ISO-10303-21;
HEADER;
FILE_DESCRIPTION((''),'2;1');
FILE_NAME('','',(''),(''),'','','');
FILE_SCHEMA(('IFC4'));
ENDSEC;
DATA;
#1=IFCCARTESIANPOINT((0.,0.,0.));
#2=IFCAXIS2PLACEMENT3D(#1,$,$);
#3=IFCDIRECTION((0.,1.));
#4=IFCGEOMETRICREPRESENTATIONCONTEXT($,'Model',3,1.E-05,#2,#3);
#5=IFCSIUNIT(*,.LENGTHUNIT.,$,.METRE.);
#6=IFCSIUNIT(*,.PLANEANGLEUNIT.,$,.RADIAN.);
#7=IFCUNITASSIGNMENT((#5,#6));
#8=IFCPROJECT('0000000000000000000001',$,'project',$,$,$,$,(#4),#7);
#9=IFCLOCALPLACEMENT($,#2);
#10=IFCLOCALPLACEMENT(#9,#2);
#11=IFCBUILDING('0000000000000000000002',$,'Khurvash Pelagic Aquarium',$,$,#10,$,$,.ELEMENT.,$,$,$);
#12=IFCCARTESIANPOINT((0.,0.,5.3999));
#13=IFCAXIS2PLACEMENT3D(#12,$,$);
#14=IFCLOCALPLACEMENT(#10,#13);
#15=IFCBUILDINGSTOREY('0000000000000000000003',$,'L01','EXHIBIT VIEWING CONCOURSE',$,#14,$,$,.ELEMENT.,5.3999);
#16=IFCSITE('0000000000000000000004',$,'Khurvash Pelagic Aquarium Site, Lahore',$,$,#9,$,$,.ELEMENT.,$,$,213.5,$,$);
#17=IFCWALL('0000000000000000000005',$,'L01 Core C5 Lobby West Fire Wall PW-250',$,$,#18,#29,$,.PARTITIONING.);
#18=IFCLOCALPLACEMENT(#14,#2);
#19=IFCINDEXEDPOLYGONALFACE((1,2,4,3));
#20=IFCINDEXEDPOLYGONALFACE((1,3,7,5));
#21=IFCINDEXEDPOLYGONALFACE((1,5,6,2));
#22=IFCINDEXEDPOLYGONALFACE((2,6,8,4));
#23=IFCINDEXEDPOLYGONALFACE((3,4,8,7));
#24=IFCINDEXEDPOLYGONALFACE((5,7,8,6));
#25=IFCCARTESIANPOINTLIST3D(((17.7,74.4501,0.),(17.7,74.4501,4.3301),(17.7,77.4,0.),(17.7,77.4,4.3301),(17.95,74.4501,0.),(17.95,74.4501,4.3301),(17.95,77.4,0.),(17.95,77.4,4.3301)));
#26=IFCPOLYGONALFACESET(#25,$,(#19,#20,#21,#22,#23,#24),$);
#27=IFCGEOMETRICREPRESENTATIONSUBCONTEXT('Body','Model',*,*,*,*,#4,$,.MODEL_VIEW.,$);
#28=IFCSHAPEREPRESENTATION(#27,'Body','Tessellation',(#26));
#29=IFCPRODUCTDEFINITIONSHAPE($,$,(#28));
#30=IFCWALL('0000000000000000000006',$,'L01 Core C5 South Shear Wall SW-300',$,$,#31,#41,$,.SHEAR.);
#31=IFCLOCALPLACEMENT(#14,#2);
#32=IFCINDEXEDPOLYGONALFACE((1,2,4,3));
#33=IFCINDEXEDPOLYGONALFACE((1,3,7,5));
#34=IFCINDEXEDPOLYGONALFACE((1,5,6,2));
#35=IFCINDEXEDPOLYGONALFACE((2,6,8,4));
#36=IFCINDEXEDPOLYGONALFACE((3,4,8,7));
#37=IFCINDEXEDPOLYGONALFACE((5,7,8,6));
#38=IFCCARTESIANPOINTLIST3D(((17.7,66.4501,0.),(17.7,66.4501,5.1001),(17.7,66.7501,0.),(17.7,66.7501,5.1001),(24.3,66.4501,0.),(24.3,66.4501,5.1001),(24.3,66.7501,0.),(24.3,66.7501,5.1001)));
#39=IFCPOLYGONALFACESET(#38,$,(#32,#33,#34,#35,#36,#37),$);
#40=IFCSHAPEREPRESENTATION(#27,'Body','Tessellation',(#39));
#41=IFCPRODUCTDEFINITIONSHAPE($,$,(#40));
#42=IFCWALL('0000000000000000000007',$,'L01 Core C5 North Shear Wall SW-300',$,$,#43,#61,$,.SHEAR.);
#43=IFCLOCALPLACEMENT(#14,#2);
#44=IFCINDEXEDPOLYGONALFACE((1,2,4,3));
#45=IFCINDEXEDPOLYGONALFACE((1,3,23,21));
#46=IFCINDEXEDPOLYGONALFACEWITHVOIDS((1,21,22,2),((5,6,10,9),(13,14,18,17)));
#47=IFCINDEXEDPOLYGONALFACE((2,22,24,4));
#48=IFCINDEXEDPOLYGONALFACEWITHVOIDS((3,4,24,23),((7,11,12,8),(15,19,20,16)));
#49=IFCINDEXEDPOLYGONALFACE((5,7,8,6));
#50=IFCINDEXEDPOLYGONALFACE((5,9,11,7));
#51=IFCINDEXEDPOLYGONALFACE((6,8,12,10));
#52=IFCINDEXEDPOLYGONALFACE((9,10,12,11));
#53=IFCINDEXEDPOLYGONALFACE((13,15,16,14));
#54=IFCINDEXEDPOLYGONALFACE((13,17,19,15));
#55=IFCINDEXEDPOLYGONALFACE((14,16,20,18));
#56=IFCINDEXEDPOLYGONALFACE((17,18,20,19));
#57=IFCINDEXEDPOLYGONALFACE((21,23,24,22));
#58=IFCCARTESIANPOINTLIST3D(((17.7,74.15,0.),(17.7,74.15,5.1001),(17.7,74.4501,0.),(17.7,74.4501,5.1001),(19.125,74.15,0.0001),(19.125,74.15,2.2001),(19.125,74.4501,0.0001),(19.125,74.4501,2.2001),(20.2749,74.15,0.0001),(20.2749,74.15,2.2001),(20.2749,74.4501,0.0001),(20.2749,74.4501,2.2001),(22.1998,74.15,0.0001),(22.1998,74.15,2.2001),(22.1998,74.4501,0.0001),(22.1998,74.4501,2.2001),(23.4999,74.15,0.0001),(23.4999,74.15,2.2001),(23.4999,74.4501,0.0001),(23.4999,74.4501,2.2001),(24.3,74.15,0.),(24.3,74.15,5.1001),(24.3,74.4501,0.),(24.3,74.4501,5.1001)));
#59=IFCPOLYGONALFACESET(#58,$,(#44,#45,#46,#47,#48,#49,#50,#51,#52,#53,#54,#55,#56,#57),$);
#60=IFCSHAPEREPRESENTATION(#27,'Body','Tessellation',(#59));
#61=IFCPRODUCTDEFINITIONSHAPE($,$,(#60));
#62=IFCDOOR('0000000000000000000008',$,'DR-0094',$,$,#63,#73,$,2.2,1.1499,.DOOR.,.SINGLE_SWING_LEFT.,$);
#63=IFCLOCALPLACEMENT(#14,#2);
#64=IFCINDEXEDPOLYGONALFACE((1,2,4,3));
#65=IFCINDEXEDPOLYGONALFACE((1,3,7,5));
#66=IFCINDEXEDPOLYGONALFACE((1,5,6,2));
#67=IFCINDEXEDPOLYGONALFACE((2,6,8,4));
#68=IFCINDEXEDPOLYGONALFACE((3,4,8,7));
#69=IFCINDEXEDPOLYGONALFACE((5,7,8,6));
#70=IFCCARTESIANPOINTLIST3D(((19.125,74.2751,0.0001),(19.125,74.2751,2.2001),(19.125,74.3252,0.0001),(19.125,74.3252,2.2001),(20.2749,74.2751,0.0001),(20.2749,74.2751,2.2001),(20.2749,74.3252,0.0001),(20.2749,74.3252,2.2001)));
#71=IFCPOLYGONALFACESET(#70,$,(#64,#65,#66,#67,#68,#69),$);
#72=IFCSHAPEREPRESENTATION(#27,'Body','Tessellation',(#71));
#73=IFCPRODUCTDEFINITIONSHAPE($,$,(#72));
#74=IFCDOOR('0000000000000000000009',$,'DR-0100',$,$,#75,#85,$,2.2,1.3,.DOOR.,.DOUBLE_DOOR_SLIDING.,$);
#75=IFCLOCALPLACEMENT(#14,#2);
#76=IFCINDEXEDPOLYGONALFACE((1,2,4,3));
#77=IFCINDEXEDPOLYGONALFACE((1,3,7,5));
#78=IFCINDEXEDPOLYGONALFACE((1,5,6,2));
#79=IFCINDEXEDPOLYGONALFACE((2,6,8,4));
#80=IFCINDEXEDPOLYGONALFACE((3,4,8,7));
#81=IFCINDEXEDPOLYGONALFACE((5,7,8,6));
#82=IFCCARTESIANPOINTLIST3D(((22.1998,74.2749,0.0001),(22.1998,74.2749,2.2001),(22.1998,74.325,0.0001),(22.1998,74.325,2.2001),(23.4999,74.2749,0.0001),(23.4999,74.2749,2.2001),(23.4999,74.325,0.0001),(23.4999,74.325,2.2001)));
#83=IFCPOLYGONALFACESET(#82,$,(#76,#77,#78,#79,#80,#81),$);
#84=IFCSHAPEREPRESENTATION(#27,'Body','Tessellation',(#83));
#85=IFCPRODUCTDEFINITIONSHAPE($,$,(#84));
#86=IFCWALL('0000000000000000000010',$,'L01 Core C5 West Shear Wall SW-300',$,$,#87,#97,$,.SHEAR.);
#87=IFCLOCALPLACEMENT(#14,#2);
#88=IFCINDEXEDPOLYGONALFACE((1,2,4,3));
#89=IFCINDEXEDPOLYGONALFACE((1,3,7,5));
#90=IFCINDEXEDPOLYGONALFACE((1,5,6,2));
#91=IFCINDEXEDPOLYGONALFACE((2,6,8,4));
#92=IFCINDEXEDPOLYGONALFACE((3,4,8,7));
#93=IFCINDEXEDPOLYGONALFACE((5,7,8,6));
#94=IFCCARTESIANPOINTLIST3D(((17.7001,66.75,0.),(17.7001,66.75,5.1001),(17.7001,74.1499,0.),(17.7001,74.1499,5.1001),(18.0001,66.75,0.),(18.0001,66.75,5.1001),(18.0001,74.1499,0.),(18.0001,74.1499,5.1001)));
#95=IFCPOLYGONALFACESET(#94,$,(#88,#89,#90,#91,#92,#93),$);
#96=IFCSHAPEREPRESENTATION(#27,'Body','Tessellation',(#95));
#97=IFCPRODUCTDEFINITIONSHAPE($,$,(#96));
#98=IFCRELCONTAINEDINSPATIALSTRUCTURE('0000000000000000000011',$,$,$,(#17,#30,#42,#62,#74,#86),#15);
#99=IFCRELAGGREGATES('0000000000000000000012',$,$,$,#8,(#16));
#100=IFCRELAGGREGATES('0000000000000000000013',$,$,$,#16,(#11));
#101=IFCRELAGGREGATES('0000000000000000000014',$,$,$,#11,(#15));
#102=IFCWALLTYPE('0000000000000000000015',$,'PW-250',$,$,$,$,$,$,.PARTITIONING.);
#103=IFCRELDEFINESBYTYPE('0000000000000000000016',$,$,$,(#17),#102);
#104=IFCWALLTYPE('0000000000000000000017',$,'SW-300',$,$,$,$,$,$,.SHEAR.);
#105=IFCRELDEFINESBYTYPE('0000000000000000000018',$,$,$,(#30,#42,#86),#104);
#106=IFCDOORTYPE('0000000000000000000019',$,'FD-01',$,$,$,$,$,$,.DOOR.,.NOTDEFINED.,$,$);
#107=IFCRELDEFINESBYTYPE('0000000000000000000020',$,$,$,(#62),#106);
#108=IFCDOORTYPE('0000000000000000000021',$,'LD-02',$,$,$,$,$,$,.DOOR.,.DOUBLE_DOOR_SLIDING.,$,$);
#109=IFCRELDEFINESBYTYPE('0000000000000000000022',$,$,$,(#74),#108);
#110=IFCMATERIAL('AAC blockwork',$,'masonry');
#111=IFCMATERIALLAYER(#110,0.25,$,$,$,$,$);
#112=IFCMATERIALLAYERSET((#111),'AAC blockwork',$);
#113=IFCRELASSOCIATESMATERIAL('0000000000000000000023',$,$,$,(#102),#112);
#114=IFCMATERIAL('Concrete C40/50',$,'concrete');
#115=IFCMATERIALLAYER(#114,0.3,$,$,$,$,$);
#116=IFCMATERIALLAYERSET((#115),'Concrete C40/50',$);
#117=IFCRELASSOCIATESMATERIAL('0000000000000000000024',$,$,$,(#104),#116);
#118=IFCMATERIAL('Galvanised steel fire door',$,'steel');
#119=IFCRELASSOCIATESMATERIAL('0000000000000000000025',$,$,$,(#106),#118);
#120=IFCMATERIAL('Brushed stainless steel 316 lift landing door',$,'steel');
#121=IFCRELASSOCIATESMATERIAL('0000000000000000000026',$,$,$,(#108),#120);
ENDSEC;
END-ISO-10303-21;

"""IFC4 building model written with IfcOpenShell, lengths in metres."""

from ifc_helpers import new_model, si_unit, direction, frame, frame_2d, origin, place, context, subcontext, project, spatial, rectangle, extrude, material, layer, layer_set, type_object, element, fill, save


model = new_model("IFC4")

# Units and contexts
model_context = context("Model", 3, precision=1e-05, world=origin(), true_north=direction((0.0, 1.0)))
body_context = subcontext(model_context, "Body", "Model", "MODEL_VIEW")
ifc_project = project(units=[si_unit("LENGTHUNIT", "METRE"), si_unit("PLANEANGLEUNIT", "RADIAN")], contexts=[model_context])

# Site, building, storey
site_placement = place(None, origin())
site = spatial("IfcSite", under=ifc_project, at=site_placement, Name="Khurvash Pelagic Aquarium Site, Lahore", CompositionType="ELEMENT", RefElevation=213.5)
building_placement = place(site_placement, origin())
building = spatial("IfcBuilding", under=site, at=building_placement, Name="Khurvash Pelagic Aquarium", CompositionType="ELEMENT")
storey_placement = place(building_placement, frame((0.0, 0.0, 5.3999)))
storey = spatial("IfcBuildingStorey", under=building, at=storey_placement, Name="L01", Description="EXHIBIT VIEWING CONCOURSE", CompositionType="ELEMENT", Elevation=5.3999)

# Shared definitions
ifc_material_1 = material(Name="Concrete C40/50", Category="concrete")

# Walls
ifc_material_2 = material(Name="AAC blockwork", Category="masonry")
ifc_layer_1 = layer(ifc_material_2, 0.25)
ifc_layer_set_1 = layer_set([ifc_layer_1], Name="AAC blockwork")
wall_type_1 = type_object("IfcWallType", Name="PW-250", PredefinedType="PARTITIONING", material=ifc_layer_set_1)
wall_1_placement = place(storey_placement, frame((17.825, 74.45, 0.0), z_axis=(0.0, 0.0, 1.0), x_axis=(0.0, 1.0, 0.0)))
element("IfcWall", 1, at=wall_1_placement, inside=storey, type_object=wall_type_1, Name="L01 Core C5 Lobby West Fire Wall PW-250", PredefinedType="PARTITIONING", context=body_context, shape_type="SweptSolid", body=[
    extrude(rectangle(XDim=2.95, YDim=0.25, at=frame_2d((1.4751, 0.0))), origin(), (0.0, 0.0, 1.0), 4.3301),
])
ifc_layer_2 = layer(ifc_material_1, 0.3)
ifc_layer_set_2 = layer_set([ifc_layer_2], Name="Concrete C40/50")
wall_type_2 = type_object("IfcWallType", Name="SW-300", PredefinedType="SHEAR", material=ifc_layer_set_2)
wall_2_placement = place(storey_placement, frame((17.7, 66.6001, 0.0), z_axis=(0.0, 0.0, 1.0), x_axis=(1.0, 0.0, 0.0)))
element("IfcWall", 2, at=wall_2_placement, inside=storey, type_object=wall_type_2, Name="L01 Core C5 South Shear Wall SW-300", PredefinedType="SHEAR", context=body_context, shape_type="SweptSolid", body=[
    extrude(rectangle(XDim=6.6001, YDim=0.3, at=frame_2d((3.3, 0.0))), origin(), (0.0, 0.0, 1.0), 5.1001),
])

# Wall, openings, doors
wall_3_placement = place(storey_placement, frame((17.7, 74.3, 0.0), z_axis=(0.0, 0.0, 1.0), x_axis=(1.0, 0.0, 0.0)))
wall_3 = element("IfcWall", 3, at=wall_3_placement, inside=storey, type_object=wall_type_2, Name="L01 Core C5 North Shear Wall SW-300", PredefinedType="SHEAR", context=body_context, shape_type="SweptSolid", body=[
    extrude(rectangle(XDim=6.6001, YDim=0.3, at=frame_2d((3.3, 0.0))), origin(), (0.0, 0.0, 1.0), 5.1001),
])
opening_1_placement = place(wall_3_placement, frame((1.425, 0.0, 0.0)))
opening_1 = element("IfcOpeningElement", 4, at=opening_1_placement, cuts=wall_3, PredefinedType="OPENING", context=body_context, shape_type="SweptSolid", body=[
    extrude(rectangle(XDim=1.1499, YDim=2.2, at=frame_2d((0.575, 1.1001))), frame((0.0, 0.1602, 0.0), z_axis=(0.0, -1.0, 0.0), x_axis=(1.0, 0.0, 0.0)), (0.0, 0.0, 1.0), 0.3201),
])
opening_2_placement = place(wall_3_placement, frame((4.5, 0.0, 0.0)))
opening_2 = element("IfcOpeningElement", 5, at=opening_2_placement, cuts=wall_3, PredefinedType="OPENING", context=body_context, shape_type="SweptSolid", body=[
    extrude(rectangle(XDim=1.3, YDim=2.2, at=frame_2d((0.6499, 1.1001))), frame((0.0, 0.1602, 0.0), z_axis=(0.0, -1.0, 0.0), x_axis=(1.0, 0.0, 0.0)), (0.0, 0.0, 1.0), 0.3201),
])
ifc_material_3 = material(Name="Galvanised steel fire door", Category="steel")
door_type_1 = type_object("IfcDoorType", Name="FD-01", OperationType="NOTDEFINED", PredefinedType="DOOR", material=ifc_material_3)
door_1_placement = place(opening_1_placement, frame((1.1499, 0.0, 0.0), z_axis=(0.0, 0.0, 1.0), x_axis=(-1.0, 0.0, 0.0)))
door_1 = element("IfcDoor", 6, at=door_1_placement, inside=storey, type_object=door_type_1, Name="DR-0094", OperationType="SINGLE_SWING_LEFT", OverallHeight=2.2, OverallWidth=1.1499, PredefinedType="DOOR", context=body_context, shape_type="SweptSolid", body=[
    extrude(rectangle(XDim=1.1499, YDim=2.2, at=frame_2d((0.575, 1.1001))), frame((0.0, 0.0249, 0.0), z_axis=(0.0, -1.0, 0.0), x_axis=(1.0, 0.0, 0.0)), (0.0, 0.0, 1.0), 0.05),
])
fill(opening_1, door_1)
ifc_material_4 = material(Name="Brushed stainless steel 316 lift landing door", Category="steel")
door_type_2 = type_object("IfcDoorType", Name="LD-02", OperationType="DOUBLE_DOOR_SLIDING", PredefinedType="DOOR", material=ifc_material_4)
door_2_placement = place(opening_2_placement, origin())
door_2 = element("IfcDoor", 7, at=door_2_placement, inside=storey, type_object=door_type_2, Name="DR-0100", OperationType="DOUBLE_DOOR_SLIDING", OverallHeight=2.2, OverallWidth=1.3, PredefinedType="DOOR", context=body_context, shape_type="SweptSolid", body=[
    extrude(rectangle(XDim=1.3, YDim=2.2, at=frame_2d((0.6499, 1.1001))), frame((0.0, 0.0249, 0.0), z_axis=(0.0, -1.0, 0.0), x_axis=(1.0, 0.0, 0.0)), (0.0, 0.0, 1.0), 0.05),
])
fill(opening_2, door_2)

# Wall
wall_4_placement = place(storey_placement, frame((17.8501, 66.75, 0.0), z_axis=(0.0, 0.0, 1.0), x_axis=(0.0, 1.0, 0.0)))
element("IfcWall", 8, at=wall_4_placement, inside=storey, type_object=wall_type_2, Name="L01 Core C5 West Shear Wall SW-300", PredefinedType="SHEAR", context=body_context, shape_type="SweptSolid", body=[
    extrude(rectangle(XDim=7.3999, YDim=0.3, at=frame_2d((3.7, 0.0))), origin(), (0.0, 0.0, 1.0), 5.1001),
])

save(model, "model.ifc")
